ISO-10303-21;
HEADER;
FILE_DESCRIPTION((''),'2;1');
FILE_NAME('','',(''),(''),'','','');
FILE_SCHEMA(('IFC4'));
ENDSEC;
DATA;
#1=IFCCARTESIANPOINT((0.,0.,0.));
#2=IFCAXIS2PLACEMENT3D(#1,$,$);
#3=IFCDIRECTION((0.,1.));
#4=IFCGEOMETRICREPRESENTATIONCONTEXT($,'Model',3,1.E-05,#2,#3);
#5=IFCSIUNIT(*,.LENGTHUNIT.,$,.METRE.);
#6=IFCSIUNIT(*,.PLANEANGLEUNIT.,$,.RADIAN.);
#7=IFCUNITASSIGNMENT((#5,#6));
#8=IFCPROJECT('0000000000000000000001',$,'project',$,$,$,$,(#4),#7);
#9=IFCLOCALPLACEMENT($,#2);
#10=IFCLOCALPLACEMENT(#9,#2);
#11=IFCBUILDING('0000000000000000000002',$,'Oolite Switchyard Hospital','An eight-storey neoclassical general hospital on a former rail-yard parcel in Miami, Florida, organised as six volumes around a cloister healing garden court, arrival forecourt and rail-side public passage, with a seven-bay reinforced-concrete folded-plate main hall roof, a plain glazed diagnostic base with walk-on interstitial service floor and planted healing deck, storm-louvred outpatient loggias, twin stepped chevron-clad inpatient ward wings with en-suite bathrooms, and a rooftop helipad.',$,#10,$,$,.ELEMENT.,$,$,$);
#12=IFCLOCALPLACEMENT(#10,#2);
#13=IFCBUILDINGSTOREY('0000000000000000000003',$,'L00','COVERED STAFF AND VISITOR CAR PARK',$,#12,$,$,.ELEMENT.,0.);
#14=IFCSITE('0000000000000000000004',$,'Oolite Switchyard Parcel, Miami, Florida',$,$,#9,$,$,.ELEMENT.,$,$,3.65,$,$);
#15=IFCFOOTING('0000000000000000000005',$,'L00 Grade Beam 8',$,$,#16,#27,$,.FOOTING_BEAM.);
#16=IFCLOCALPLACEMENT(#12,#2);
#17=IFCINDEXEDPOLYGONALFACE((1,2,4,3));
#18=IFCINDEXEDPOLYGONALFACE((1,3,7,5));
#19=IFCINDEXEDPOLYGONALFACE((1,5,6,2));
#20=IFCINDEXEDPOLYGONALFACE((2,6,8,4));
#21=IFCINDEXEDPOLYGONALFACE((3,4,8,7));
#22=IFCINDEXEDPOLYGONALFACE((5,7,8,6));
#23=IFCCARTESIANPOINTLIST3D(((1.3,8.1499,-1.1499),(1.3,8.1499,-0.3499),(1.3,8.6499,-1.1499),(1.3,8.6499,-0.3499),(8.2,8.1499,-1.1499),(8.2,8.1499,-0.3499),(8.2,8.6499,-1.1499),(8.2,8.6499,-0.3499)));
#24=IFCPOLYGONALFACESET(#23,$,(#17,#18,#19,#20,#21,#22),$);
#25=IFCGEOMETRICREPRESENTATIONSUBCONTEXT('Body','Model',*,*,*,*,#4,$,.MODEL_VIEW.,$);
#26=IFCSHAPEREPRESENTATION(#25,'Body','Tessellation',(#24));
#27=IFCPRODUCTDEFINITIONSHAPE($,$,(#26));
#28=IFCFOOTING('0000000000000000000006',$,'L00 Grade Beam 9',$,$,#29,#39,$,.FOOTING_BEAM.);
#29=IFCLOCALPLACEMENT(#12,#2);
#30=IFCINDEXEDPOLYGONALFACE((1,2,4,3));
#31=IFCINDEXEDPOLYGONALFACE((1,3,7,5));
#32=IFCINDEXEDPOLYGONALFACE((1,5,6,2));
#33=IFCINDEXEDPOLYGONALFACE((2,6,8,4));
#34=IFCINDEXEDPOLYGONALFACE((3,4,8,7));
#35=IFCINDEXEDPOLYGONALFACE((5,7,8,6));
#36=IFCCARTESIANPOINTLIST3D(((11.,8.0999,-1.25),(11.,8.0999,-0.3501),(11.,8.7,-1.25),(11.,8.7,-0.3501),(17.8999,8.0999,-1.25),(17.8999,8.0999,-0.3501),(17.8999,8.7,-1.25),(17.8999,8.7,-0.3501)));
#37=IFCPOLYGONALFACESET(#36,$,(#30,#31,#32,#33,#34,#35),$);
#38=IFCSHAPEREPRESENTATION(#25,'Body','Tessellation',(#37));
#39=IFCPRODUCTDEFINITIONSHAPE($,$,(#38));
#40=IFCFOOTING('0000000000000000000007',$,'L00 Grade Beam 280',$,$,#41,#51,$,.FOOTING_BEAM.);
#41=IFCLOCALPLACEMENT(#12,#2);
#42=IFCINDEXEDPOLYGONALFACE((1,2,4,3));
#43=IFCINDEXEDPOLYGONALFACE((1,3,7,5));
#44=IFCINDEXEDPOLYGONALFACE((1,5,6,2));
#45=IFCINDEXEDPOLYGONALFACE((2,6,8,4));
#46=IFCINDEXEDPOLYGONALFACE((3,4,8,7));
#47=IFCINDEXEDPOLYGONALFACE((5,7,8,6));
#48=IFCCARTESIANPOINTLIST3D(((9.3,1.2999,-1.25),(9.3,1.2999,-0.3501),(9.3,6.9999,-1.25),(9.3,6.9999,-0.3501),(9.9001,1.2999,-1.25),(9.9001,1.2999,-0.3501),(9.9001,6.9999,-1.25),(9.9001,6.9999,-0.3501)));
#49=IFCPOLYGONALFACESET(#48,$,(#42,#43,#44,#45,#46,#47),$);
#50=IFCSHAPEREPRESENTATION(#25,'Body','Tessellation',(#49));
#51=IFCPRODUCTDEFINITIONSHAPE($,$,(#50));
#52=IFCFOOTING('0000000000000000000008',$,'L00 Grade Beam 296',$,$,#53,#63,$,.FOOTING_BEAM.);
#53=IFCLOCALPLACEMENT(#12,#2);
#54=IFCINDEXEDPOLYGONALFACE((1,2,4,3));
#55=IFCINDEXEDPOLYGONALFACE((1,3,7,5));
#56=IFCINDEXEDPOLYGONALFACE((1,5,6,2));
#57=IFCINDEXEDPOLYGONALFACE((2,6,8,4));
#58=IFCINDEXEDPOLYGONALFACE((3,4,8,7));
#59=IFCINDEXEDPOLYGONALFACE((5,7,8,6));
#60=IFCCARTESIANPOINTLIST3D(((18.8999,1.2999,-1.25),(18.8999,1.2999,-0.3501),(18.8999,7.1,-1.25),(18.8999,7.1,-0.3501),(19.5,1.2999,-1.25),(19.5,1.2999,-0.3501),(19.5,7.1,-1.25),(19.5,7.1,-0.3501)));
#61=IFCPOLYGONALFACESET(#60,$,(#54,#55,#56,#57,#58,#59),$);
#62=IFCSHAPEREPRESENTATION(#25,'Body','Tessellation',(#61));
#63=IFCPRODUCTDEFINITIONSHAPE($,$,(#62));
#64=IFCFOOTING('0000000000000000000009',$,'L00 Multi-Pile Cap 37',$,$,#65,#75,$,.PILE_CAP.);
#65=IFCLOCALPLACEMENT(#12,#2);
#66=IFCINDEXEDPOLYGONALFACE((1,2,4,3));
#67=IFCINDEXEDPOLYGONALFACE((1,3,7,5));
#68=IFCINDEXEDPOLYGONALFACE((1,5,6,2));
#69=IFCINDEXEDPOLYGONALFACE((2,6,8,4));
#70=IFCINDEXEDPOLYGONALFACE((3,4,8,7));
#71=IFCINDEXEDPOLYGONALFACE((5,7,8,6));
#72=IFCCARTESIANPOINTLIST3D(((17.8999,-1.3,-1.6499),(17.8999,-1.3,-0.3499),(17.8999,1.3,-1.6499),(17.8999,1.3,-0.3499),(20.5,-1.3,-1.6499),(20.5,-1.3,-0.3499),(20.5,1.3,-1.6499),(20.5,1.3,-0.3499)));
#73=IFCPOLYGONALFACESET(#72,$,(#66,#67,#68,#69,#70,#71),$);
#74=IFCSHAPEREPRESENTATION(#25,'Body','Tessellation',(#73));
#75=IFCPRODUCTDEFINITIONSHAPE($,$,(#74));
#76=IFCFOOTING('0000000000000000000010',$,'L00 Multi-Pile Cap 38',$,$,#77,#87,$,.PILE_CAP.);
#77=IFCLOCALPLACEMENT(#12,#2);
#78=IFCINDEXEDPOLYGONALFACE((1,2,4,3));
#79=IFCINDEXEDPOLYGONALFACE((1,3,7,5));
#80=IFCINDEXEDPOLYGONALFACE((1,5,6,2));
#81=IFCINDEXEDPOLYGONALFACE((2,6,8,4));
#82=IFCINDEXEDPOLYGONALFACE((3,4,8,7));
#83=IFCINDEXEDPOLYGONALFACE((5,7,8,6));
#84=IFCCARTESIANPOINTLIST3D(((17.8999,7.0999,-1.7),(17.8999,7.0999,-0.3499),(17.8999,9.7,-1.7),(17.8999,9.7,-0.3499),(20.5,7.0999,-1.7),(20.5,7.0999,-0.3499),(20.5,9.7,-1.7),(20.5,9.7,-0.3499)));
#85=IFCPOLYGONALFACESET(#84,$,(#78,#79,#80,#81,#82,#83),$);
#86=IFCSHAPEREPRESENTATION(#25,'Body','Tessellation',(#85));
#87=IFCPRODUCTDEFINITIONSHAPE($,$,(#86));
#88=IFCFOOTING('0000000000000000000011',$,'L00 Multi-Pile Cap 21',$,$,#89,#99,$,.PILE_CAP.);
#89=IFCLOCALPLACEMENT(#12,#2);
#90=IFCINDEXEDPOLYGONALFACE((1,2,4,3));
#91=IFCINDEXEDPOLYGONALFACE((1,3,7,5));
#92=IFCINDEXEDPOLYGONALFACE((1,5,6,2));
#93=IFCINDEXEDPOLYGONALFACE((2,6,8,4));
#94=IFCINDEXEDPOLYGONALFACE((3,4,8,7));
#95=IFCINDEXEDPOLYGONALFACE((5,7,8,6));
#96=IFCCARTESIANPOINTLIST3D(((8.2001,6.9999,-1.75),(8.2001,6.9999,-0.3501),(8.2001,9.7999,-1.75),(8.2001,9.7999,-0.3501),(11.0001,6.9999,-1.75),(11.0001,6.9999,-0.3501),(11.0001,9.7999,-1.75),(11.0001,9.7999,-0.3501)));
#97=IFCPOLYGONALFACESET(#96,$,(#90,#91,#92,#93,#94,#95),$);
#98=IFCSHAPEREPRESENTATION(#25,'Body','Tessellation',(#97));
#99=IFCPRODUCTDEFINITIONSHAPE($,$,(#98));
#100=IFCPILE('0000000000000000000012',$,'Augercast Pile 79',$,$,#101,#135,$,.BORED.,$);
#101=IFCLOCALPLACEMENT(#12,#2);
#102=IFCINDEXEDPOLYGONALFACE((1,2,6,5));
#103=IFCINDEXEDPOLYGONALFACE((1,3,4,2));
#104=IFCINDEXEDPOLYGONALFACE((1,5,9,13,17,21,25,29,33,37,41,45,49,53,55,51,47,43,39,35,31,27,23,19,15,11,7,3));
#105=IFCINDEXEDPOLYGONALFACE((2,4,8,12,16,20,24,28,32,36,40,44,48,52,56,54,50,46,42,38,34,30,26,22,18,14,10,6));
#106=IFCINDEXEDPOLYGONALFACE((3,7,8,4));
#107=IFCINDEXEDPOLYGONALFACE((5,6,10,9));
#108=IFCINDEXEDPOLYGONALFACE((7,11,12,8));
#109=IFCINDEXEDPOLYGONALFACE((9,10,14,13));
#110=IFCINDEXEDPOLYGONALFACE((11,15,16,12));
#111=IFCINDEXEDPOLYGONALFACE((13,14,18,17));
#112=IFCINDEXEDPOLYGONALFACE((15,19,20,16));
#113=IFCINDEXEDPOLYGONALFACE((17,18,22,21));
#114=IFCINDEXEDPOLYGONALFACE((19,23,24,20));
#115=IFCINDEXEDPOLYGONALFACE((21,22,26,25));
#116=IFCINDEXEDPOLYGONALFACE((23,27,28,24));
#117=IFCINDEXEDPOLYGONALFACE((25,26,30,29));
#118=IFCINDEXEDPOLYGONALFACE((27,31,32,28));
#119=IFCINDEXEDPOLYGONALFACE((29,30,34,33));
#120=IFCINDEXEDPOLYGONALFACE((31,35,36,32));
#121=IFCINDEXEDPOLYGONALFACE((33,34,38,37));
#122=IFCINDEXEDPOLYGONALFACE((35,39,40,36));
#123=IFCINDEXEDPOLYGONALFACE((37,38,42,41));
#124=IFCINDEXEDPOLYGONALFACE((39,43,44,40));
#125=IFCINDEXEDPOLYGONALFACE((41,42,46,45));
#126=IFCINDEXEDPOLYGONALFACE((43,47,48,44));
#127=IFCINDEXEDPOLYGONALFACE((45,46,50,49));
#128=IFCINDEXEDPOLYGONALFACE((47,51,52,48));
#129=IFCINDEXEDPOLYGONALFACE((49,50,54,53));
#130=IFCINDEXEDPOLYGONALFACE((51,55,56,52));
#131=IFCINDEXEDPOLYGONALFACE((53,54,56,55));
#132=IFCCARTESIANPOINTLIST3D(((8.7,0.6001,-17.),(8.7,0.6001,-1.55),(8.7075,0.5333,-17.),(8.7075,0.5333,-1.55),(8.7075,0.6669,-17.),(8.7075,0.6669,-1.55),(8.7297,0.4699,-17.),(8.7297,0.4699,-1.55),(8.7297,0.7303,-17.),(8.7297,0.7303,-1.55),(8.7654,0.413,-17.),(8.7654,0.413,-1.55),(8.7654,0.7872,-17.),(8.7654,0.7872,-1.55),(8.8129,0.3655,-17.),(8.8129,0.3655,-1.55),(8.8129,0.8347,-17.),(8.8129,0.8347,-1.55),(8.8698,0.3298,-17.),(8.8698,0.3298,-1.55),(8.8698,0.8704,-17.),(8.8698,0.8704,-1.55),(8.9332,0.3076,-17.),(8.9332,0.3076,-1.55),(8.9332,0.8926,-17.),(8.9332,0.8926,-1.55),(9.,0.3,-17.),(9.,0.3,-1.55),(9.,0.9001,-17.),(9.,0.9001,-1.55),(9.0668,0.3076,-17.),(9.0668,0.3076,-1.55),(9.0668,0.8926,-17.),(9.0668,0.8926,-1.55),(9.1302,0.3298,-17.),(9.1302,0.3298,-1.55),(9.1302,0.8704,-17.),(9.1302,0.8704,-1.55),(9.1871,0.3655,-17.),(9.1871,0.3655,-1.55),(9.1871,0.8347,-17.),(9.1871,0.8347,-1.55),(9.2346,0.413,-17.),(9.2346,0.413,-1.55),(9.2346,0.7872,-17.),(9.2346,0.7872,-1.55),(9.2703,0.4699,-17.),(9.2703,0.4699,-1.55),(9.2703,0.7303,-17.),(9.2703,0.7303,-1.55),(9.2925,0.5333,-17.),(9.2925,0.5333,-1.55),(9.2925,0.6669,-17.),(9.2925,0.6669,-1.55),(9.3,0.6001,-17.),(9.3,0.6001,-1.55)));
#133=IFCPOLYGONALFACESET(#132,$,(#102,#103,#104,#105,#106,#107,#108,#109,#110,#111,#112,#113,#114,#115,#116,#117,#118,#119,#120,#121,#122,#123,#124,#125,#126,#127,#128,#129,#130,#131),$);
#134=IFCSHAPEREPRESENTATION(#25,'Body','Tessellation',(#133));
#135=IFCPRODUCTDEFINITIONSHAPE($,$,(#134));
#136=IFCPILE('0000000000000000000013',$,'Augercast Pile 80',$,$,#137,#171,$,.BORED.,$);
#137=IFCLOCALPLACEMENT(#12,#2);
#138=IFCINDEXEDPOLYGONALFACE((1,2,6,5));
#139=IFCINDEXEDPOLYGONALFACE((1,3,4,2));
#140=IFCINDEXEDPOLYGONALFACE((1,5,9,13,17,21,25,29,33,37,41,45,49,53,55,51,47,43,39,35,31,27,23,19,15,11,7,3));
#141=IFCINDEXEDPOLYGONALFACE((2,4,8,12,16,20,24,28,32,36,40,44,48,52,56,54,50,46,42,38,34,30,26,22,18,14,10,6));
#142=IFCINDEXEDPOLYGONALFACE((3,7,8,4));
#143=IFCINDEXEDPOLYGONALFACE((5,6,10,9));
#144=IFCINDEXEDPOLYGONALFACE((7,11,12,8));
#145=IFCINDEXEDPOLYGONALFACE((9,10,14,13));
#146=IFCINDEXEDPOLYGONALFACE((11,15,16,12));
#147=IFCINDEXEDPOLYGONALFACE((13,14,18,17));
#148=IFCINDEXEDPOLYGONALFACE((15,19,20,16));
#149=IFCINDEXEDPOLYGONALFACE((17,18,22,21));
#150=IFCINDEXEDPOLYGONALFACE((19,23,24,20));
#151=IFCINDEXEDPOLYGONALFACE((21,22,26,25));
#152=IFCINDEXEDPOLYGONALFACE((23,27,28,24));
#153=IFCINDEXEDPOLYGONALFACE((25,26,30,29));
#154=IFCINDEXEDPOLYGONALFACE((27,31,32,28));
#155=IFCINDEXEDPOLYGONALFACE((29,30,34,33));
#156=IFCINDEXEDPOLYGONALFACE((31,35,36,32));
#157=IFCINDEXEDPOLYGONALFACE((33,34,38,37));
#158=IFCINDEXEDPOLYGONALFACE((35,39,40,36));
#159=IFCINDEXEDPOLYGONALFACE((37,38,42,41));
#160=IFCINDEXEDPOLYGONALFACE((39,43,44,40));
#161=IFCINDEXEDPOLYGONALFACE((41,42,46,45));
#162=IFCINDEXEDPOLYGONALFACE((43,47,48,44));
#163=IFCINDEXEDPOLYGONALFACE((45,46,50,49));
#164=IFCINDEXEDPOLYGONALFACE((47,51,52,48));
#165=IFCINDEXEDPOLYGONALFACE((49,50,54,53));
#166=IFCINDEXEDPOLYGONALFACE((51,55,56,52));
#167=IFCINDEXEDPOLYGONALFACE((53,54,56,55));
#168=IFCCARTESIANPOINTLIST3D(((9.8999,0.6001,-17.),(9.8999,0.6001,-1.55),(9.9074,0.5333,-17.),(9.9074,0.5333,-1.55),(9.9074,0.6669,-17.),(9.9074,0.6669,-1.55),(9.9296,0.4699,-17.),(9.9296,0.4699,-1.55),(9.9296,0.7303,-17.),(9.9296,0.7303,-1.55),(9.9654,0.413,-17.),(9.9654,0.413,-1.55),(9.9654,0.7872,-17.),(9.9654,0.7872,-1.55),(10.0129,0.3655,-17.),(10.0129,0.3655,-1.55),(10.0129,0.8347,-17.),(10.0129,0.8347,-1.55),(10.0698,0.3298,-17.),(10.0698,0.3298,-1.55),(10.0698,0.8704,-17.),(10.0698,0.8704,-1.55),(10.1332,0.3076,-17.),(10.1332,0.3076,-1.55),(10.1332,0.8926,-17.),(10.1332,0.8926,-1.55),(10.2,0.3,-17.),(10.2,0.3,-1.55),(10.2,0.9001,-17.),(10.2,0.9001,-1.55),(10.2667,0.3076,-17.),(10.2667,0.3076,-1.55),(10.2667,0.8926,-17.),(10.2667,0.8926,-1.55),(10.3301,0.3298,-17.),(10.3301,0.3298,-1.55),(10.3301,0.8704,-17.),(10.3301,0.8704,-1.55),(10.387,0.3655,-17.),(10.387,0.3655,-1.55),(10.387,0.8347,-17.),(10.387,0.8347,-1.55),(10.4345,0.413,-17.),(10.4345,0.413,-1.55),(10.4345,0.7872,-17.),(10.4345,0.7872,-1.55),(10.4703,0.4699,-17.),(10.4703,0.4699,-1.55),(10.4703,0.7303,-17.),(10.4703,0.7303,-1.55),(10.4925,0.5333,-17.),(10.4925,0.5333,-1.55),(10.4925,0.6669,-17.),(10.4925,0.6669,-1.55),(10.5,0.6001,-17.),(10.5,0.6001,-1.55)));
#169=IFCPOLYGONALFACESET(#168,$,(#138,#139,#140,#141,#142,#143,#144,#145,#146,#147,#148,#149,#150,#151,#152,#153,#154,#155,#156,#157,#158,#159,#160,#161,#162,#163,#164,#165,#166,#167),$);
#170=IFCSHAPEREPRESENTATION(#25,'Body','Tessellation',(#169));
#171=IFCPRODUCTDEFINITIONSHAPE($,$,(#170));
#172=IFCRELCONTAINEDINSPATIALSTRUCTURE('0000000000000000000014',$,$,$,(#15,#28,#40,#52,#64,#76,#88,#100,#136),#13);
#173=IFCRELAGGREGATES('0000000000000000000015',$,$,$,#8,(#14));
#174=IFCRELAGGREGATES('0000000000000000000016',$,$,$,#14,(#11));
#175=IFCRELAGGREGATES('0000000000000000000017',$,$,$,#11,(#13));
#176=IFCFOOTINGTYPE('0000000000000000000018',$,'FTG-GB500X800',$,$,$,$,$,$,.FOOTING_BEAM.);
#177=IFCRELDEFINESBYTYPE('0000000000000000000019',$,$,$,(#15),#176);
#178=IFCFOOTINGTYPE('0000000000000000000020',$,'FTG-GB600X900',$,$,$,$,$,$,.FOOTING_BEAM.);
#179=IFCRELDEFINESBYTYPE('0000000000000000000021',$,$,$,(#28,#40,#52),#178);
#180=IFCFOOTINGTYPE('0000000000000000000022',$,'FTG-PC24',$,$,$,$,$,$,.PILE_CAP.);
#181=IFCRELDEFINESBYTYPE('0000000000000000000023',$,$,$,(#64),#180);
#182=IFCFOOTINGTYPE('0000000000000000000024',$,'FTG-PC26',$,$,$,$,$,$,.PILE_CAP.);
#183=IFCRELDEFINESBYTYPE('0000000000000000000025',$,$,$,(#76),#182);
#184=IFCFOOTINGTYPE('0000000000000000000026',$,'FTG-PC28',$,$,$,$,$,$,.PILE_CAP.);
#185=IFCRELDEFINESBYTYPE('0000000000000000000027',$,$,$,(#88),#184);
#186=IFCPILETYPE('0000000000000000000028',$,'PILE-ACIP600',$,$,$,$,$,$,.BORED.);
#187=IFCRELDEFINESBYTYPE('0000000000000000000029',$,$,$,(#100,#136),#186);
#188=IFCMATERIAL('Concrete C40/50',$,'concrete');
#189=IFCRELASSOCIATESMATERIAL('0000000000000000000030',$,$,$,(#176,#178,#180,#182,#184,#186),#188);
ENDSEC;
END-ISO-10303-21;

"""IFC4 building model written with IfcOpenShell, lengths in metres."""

from ifc_helpers import new_model, si_unit, direction, frame, origin, origin_2d, place, context, subcontext, project, spatial, rectangle, circle, extrude, material, material_profile, profile_set, type_object, element, save


model = new_model("IFC4")

# Units and contexts
model_context = context("Model", 3, precision=1e-05, world=origin(), true_north=direction((0.0, 1.0)))
body_context = subcontext(model_context, "Body", "Model", "MODEL_VIEW")
ifc_project = project(units=[si_unit("LENGTHUNIT", "METRE"), si_unit("PLANEANGLEUNIT", "RADIAN")], contexts=[model_context])

# Site, building, storey
site_placement = place(None, origin())
site = spatial("IfcSite", under=ifc_project, at=site_placement, Name="Oolite Switchyard Parcel, Miami, Florida", CompositionType="ELEMENT", RefElevation=3.65)
building_placement = place(site_placement, origin())
building = spatial("IfcBuilding", under=site, at=building_placement, Name="Oolite Switchyard Hospital", Description="An eight-storey neoclassical general hospital on a former rail-yard parcel in Miami, Florida, organised as six volumes around a cloister healing garden court, arrival forecourt and rail-side public passage, with a seven-bay reinforced-concrete folded-plate main hall roof, a plain glazed diagnostic base with walk-on interstitial service floor and planted healing deck, storm-louvred outpatient loggias, twin stepped chevron-clad inpatient ward wings with en-suite bathrooms, and a rooftop helipad.", CompositionType="ELEMENT")
storey_placement = place(building_placement, origin())
storey = spatial("IfcBuildingStorey", under=building, at=storey_placement, Name="L00", Description="COVERED STAFF AND VISITOR CAR PARK", CompositionType="ELEMENT", Elevation=0.0)

# Footings
ifc_material_1 = material(Name="Concrete C40/50", Category="concrete")
footing_type_1 = type_object("IfcFootingType", Name="FTG-GB500X800", PredefinedType="FOOTING_BEAM", material=ifc_material_1)
footing_1_placement = place(storey_placement, frame((4.75, 8.3999, -1.1499), z_axis=(0.0, 0.0, 1.0), x_axis=(1.0, 0.0, 0.0)))
element("IfcFooting", 1, at=footing_1_placement, inside=storey, type_object=footing_type_1, Name="L00 Grade Beam 8", PredefinedType="FOOTING_BEAM", context=body_context, shape_type="SweptSolid", body=[
    extrude(rectangle(XDim=6.8999, YDim=0.5, at=origin_2d()), origin(), (0.0, 0.0, 1.0), 0.8),
])
footing_type_2 = type_object("IfcFootingType", Name="FTG-GB600X900", PredefinedType="FOOTING_BEAM", material=ifc_material_1)
footing_2_placement = place(storey_placement, frame((14.45, 8.3999, -1.25), z_axis=(0.0, 0.0, 1.0), x_axis=(1.0, 0.0, 0.0)))
element("IfcFooting", 2, at=footing_2_placement, inside=storey, type_object=footing_type_2, Name="L00 Grade Beam 9", PredefinedType="FOOTING_BEAM", context=body_context, shape_type="SweptSolid", body=[
    extrude(rectangle(XDim=6.8999, YDim=0.6001, at=origin_2d()), origin(), (0.0, 0.0, 1.0), 0.8999),
])
footing_3_placement = place(storey_placement, frame((9.6001, 4.1499, -1.25), z_axis=(0.0, 0.0, 1.0), x_axis=(0.0, 1.0, 0.0)))
element("IfcFooting", 3, at=footing_3_placement, inside=storey, type_object=footing_type_2, Name="L00 Grade Beam 280", PredefinedType="FOOTING_BEAM", context=body_context, shape_type="SweptSolid", body=[
    extrude(rectangle(XDim=5.7, YDim=0.6001, at=origin_2d()), origin(), (0.0, 0.0, 1.0), 0.8999),
])
footing_4_placement = place(storey_placement, frame((19.2, 4.2, -1.25), z_axis=(0.0, 0.0, 1.0), x_axis=(0.0, 1.0, 0.0)))
element("IfcFooting", 4, at=footing_4_placement, inside=storey, type_object=footing_type_2, Name="L00 Grade Beam 296", PredefinedType="FOOTING_BEAM", context=body_context, shape_type="SweptSolid", body=[
    extrude(rectangle(XDim=5.8, YDim=0.6001, at=origin_2d()), origin(), (0.0, 0.0, 1.0), 0.8999),
])
footing_type_3 = type_object("IfcFootingType", Name="FTG-PC24", PredefinedType="PILE_CAP", material=ifc_material_1)
footing_5_placement = place(storey_placement, frame((19.2, 0.0, -1.6499), z_axis=(0.0, 0.0, 1.0), x_axis=(1.0, 0.0, 0.0)))
element("IfcFooting", 5, at=footing_5_placement, inside=storey, type_object=footing_type_3, Name="L00 Multi-Pile Cap 37", PredefinedType="PILE_CAP", context=body_context, shape_type="SweptSolid", body=[
    extrude(rectangle(XDim=2.6001, YDim=2.6001, at=origin_2d()), origin(), (0.0, 0.0, 1.0), 1.3),
])
footing_type_4 = type_object("IfcFootingType", Name="FTG-PC26", PredefinedType="PILE_CAP", material=ifc_material_1)
footing_6_placement = place(storey_placement, frame((19.2, 8.3999, -1.7), z_axis=(0.0, 0.0, 1.0), x_axis=(1.0, 0.0, 0.0)))
element("IfcFooting", 6, at=footing_6_placement, inside=storey, type_object=footing_type_4, Name="L00 Multi-Pile Cap 38", PredefinedType="PILE_CAP", context=body_context, shape_type="SweptSolid", body=[
    extrude(rectangle(XDim=2.6001, YDim=2.6001, at=origin_2d()), origin(), (0.0, 0.0, 1.0), 1.3501),
])
footing_type_5 = type_object("IfcFootingType", Name="FTG-PC28", PredefinedType="PILE_CAP", material=ifc_material_1)
footing_7_placement = place(storey_placement, frame((9.6001, 8.3999, -1.75), z_axis=(0.0, 0.0, 1.0), x_axis=(1.0, 0.0, 0.0)))
element("IfcFooting", 7, at=footing_7_placement, inside=storey, type_object=footing_type_5, Name="L00 Multi-Pile Cap 21", PredefinedType="PILE_CAP", context=body_context, shape_type="SweptSolid", body=[
    extrude(rectangle(XDim=2.8, YDim=2.8, at=origin_2d()), origin(), (0.0, 0.0, 1.0), 1.3999),
])

# Piles
ifc_material_profile_1 = material_profile(ifc_material_1, circle(Radius=0.3, at=origin_2d()), Name="PILE600")
ifc_profile_set_1 = profile_set([ifc_material_profile_1], Name="Concrete C40/50")
pile_type = type_object("IfcPileType", Name="PILE-ACIP600", PredefinedType="BORED", material=ifc_profile_set_1)
for number, where, z_axis, x_axis, name in (
    (8, (9.0, 0.6001, -1.55), (0.0, 0.0, -1.0), (1.0, 0.0, 0.0), "Augercast Pile 79"),
    (9, (10.2, 0.6001, -1.55), (0.0, 0.0, -1.0), (1.0, 0.0, 0.0), "Augercast Pile 80"),
):
    element("IfcPile", number, at=place(storey_placement, frame(where, z_axis=z_axis, x_axis=x_axis)), inside=storey, type_object=pile_type, Name=name, PredefinedType="BORED", context=body_context, shape_type="SweptSolid", body=[
        extrude(circle(Radius=0.3, at=origin_2d()), origin(), (0.0, 0.0, 1.0), 15.45),
    ])

save(model, "model.ifc")
